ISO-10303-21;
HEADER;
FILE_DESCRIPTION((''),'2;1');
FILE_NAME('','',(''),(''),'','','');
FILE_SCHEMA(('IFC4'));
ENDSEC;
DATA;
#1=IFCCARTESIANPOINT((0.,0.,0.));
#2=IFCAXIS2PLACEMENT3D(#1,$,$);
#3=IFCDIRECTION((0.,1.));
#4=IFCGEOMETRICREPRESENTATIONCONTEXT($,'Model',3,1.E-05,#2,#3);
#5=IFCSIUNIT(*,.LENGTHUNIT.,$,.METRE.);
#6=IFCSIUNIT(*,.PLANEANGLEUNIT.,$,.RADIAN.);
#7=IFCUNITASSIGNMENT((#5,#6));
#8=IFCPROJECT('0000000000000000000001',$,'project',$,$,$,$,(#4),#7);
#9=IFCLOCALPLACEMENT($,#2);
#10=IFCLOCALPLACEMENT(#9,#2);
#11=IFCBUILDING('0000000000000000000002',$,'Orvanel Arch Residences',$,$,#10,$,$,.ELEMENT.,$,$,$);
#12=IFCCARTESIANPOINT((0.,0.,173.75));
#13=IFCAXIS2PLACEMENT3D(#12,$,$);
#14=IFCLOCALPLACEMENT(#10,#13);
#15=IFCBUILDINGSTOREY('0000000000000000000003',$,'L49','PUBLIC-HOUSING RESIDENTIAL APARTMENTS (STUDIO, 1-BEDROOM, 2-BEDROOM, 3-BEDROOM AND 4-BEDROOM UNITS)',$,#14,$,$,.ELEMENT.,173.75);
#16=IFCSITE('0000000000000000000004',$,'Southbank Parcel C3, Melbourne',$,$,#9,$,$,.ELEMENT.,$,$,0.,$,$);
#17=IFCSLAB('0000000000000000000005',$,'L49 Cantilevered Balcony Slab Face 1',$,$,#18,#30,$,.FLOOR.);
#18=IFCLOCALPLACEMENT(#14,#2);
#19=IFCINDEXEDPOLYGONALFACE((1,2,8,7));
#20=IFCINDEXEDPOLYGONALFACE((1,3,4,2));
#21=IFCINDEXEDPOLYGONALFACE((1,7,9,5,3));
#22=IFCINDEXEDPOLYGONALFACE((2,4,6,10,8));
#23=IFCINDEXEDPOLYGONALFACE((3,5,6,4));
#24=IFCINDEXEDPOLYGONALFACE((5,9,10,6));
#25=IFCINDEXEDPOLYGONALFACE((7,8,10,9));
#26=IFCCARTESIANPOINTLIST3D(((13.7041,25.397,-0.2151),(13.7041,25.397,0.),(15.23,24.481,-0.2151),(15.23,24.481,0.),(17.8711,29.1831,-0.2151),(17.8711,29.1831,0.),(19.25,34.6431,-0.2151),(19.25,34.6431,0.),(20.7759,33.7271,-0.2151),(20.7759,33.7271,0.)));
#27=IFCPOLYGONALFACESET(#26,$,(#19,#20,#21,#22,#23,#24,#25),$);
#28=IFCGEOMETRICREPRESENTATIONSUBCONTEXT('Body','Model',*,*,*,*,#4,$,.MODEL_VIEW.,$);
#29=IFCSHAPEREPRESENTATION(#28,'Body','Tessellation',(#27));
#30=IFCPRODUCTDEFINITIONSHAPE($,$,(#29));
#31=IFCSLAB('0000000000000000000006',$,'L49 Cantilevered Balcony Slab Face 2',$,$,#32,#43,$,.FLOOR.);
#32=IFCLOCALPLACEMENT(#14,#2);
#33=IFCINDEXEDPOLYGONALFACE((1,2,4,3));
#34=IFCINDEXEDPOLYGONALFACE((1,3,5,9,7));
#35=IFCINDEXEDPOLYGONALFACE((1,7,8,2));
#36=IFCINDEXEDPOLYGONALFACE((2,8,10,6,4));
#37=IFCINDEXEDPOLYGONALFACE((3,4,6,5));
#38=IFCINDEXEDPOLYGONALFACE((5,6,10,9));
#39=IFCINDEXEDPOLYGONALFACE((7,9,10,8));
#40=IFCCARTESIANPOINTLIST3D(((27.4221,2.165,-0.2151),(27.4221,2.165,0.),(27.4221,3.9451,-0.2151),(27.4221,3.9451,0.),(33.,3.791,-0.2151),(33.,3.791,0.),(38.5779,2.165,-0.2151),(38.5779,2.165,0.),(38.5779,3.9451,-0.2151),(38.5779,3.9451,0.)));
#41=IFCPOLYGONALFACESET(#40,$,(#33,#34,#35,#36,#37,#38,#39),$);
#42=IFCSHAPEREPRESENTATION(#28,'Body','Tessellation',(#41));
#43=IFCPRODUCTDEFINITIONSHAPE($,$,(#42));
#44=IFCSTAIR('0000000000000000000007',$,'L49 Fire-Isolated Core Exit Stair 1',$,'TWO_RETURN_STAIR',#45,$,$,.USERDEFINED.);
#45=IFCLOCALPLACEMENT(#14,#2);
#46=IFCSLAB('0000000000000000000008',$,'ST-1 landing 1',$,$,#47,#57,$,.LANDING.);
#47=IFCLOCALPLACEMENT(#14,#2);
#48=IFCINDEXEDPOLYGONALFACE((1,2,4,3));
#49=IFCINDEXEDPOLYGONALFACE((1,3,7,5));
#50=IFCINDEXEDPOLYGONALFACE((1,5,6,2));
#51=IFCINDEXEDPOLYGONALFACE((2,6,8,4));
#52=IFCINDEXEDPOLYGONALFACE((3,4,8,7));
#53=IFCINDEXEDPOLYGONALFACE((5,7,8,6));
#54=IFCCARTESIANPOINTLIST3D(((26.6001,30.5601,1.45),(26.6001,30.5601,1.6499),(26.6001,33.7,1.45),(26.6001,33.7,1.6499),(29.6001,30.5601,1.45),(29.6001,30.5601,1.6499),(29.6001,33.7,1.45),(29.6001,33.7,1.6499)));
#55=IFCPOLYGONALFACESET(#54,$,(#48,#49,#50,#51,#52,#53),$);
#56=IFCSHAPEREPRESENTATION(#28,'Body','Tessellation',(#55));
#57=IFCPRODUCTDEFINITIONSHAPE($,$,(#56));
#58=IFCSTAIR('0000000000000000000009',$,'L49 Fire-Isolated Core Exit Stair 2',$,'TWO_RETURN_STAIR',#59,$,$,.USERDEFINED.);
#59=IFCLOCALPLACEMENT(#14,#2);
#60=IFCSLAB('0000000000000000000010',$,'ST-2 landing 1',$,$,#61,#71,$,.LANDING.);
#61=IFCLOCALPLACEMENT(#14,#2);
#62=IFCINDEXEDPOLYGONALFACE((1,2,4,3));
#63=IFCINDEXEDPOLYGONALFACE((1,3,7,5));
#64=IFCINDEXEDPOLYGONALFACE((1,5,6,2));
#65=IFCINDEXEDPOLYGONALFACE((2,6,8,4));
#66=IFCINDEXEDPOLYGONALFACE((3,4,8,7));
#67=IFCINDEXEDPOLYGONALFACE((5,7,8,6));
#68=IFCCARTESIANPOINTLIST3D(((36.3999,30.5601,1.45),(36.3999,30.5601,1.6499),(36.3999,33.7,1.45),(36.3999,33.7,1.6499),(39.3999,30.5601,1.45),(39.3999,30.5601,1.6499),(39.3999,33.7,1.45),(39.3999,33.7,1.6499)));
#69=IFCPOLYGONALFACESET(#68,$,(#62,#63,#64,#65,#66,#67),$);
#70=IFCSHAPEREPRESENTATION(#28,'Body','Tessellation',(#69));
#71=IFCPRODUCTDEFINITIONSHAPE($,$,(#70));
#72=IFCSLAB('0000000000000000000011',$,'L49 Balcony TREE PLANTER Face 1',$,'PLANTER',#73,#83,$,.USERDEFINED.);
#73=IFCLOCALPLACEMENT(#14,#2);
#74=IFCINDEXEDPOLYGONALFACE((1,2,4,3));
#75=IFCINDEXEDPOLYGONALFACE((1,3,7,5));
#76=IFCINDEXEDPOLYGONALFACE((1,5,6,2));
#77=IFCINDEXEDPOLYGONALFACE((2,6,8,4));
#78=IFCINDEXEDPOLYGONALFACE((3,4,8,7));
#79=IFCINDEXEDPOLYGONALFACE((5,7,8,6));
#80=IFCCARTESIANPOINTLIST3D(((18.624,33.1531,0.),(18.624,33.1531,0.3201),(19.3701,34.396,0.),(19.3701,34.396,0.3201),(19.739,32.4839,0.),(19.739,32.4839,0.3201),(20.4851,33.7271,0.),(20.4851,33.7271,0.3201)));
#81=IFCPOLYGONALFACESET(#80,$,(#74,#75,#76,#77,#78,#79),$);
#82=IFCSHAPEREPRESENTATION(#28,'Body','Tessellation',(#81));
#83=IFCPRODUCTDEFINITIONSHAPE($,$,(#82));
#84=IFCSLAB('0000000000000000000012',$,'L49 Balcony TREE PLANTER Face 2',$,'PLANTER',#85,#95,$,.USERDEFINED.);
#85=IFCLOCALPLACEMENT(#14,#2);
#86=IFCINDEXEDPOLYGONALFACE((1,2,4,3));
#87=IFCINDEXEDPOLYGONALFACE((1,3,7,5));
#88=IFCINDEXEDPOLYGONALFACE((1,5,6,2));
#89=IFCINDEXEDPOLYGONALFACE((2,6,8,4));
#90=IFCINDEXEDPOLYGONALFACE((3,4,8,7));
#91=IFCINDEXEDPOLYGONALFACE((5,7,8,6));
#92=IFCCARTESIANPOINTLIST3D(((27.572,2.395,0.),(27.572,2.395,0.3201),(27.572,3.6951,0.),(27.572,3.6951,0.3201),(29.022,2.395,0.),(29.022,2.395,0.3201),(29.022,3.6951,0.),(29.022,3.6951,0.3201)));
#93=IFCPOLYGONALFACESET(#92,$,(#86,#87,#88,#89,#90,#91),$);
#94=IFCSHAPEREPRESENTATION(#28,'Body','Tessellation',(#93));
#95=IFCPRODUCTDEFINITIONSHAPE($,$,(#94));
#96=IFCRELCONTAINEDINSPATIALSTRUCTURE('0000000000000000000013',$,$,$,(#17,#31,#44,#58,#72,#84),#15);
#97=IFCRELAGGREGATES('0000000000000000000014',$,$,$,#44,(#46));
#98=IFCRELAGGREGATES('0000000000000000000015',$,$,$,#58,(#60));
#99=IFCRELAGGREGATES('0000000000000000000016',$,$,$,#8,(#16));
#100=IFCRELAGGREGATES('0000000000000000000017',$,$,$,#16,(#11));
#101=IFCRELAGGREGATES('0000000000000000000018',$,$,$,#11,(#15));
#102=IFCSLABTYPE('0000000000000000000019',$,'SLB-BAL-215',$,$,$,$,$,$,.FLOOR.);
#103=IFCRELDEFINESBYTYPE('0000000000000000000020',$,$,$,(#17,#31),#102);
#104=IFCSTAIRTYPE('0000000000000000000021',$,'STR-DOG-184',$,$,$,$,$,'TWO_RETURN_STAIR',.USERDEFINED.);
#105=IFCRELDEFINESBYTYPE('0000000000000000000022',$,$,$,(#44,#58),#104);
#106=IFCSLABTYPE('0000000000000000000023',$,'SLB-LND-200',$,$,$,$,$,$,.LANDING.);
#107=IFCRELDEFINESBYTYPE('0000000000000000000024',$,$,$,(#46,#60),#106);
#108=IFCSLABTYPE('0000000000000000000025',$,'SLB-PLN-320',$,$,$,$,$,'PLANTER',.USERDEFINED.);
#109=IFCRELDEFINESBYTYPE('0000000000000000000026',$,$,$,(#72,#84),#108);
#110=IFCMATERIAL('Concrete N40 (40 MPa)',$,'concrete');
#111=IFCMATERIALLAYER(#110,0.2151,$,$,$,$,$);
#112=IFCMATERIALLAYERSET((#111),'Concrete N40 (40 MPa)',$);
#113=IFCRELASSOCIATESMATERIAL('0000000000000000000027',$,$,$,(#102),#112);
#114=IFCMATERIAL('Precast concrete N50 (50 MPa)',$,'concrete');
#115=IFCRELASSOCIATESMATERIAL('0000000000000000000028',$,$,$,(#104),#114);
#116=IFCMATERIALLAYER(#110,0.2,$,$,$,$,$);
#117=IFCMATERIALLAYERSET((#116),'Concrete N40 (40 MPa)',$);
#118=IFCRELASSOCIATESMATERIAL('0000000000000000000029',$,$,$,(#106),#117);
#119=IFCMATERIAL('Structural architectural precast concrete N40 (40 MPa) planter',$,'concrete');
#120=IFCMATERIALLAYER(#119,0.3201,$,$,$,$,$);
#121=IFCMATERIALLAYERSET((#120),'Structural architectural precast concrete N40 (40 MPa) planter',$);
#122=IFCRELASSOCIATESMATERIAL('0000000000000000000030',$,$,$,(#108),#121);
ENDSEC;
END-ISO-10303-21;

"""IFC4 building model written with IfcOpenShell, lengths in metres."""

from ifc_helpers import new_model, si_unit, direction, frame, origin, place, context, subcontext, project, spatial, polyline, outline, extrude, material, layer, layer_set, type_object, element, aggregate, save


model = new_model("IFC4")

# Units and contexts
model_context = context("Model", 3, precision=1e-05, world=origin(), true_north=direction((0.0, 1.0)))
body_context = subcontext(model_context, "Body", "Model", "MODEL_VIEW")
ifc_project = project(units=[si_unit("LENGTHUNIT", "METRE"), si_unit("PLANEANGLEUNIT", "RADIAN")], contexts=[model_context])

# Site, building, storey
site_placement = place(None, origin())
site = spatial("IfcSite", under=ifc_project, at=site_placement, Name="Southbank Parcel C3, Melbourne", CompositionType="ELEMENT", RefElevation=0.0)
building_placement = place(site_placement, origin())
building = spatial("IfcBuilding", under=site, at=building_placement, Name="Orvanel Arch Residences", CompositionType="ELEMENT")
storey_placement = place(building_placement, frame((0.0, 0.0, 173.75)))
storey = spatial("IfcBuildingStorey", under=building, at=storey_placement, Name="L49", Description="PUBLIC-HOUSING RESIDENTIAL APARTMENTS (STUDIO, 1-BEDROOM, 2-BEDROOM, 3-BEDROOM AND 4-BEDROOM UNITS)", CompositionType="ELEMENT", Elevation=173.75)

# Slabs
ifc_material_1 = material(Name="Concrete N40 (40 MPa)", Category="concrete")
ifc_layer_1 = layer(ifc_material_1, 0.2151)
ifc_layer_set_1 = layer_set([ifc_layer_1], Name="Concrete N40 (40 MPa)")
slab_type_1 = type_object("IfcSlabType", Name="SLB-BAL-215", PredefinedType="FLOOR", material=ifc_layer_set_1)
slab_1_placement = place(storey_placement, frame((0.0, 0.0, -0.2151)))
element("IfcSlab", 1, at=slab_1_placement, inside=storey, type_object=slab_type_1, Name="L49 Cantilevered Balcony Slab Face 1", PredefinedType="FLOOR", context=body_context, shape_type="SweptSolid", body=[
    extrude(outline(polyline([(19.25, 34.6431), (13.7041, 25.397), (15.23, 24.481), (17.8711, 29.1831), (20.7759, 33.7271), (19.25, 34.6431)])), origin(), (0.0, 0.0, 1.0), 0.2151),
])
slab_2_placement = place(storey_placement, frame((0.0, 0.0, -0.2151)))
element("IfcSlab", 2, at=slab_2_placement, inside=storey, type_object=slab_type_1, Name="L49 Cantilevered Balcony Slab Face 2", PredefinedType="FLOOR", context=body_context, shape_type="SweptSolid", body=[
    extrude(outline(polyline([(27.4221, 2.165), (38.5779, 2.165), (38.5779, 3.9451), (33.0, 3.791), (27.4221, 3.9451), (27.4221, 2.165)])), origin(), (0.0, 0.0, 1.0), 0.2151),
])

# Stairs, slabs
ifc_material_2 = material(Name="Precast concrete N50 (50 MPa)", Category="concrete")
stair_type = type_object("IfcStairType", Name="STR-DOG-184", ElementType="TWO_RETURN_STAIR", PredefinedType="USERDEFINED", material=ifc_material_2)
stair_1_placement = place(storey_placement, origin())
stair_1 = element("IfcStair", 3, at=stair_1_placement, inside=storey, type_object=stair_type, Name="L49 Fire-Isolated Core Exit Stair 1", ObjectType="TWO_RETURN_STAIR", PredefinedType="USERDEFINED")
ifc_layer_2 = layer(ifc_material_1, 0.2)
ifc_layer_set_2 = layer_set([ifc_layer_2], Name="Concrete N40 (40 MPa)")
slab_type_2 = type_object("IfcSlabType", Name="SLB-LND-200", PredefinedType="LANDING", material=ifc_layer_set_2)
slab_3_placement = place(storey_placement, frame((0.0, 0.0, 1.45)))
slab_3 = element("IfcSlab", 4, at=slab_3_placement, type_object=slab_type_2, Name="ST-1 landing 1", PredefinedType="LANDING", context=body_context, shape_type="SweptSolid", body=[
    extrude(outline(polyline([(29.6001, 30.5601), (29.6001, 33.7), (26.6001, 33.7), (26.6001, 30.5601), (29.6001, 30.5601)])), origin(), (0.0, 0.0, 1.0), 0.2),
])
aggregate(stair_1, [slab_3])
stair_2_placement = place(storey_placement, origin())
stair_2 = element("IfcStair", 5, at=stair_2_placement, inside=storey, type_object=stair_type, Name="L49 Fire-Isolated Core Exit Stair 2", ObjectType="TWO_RETURN_STAIR", PredefinedType="USERDEFINED")
slab_4_placement = place(storey_placement, frame((0.0, 0.0, 1.45)))
slab_4 = element("IfcSlab", 6, at=slab_4_placement, type_object=slab_type_2, Name="ST-2 landing 1", PredefinedType="LANDING", context=body_context, shape_type="SweptSolid", body=[
    extrude(outline(polyline([(39.3999, 30.5601), (39.3999, 33.7), (36.3999, 33.7), (36.3999, 30.5601), (39.3999, 30.5601)])), origin(), (0.0, 0.0, 1.0), 0.2),
])
aggregate(stair_2, [slab_4])

# Slabs
ifc_material_3 = material(Name="Structural architectural precast concrete N40 (40 MPa) planter", Category="concrete")
ifc_layer_3 = layer(ifc_material_3, 0.3201)
ifc_layer_set_3 = layer_set([ifc_layer_3], Name="Structural architectural precast concrete N40 (40 MPa) planter")
slab_type_3 = type_object("IfcSlabType", Name="SLB-PLN-320", ElementType="PLANTER", PredefinedType="USERDEFINED", material=ifc_layer_set_3)
slab_5_placement = place(storey_placement, origin())
element("IfcSlab", 7, at=slab_5_placement, inside=storey, type_object=slab_type_3, Name="L49 Balcony TREE PLANTER Face 1", ObjectType="PLANTER", PredefinedType="USERDEFINED", context=body_context, shape_type="SweptSolid", body=[
    extrude(outline(polyline([(19.3701, 34.396), (18.624, 33.1531), (19.739, 32.4839), (20.4851, 33.7271), (19.3701, 34.396)])), origin(), (0.0, 0.0, 1.0), 0.3201),
])
slab_6_placement = place(storey_placement, origin())
element("IfcSlab", 8, at=slab_6_placement, inside=storey, type_object=slab_type_3, Name="L49 Balcony TREE PLANTER Face 2", ObjectType="PLANTER", PredefinedType="USERDEFINED", context=body_context, shape_type="SweptSolid", body=[
    extrude(outline(polyline([(27.572, 2.395), (29.022, 2.395), (29.022, 3.6951), (27.572, 3.6951), (27.572, 2.395)])), origin(), (0.0, 0.0, 1.0), 0.3201),
])

save(model, "model.ifc")
